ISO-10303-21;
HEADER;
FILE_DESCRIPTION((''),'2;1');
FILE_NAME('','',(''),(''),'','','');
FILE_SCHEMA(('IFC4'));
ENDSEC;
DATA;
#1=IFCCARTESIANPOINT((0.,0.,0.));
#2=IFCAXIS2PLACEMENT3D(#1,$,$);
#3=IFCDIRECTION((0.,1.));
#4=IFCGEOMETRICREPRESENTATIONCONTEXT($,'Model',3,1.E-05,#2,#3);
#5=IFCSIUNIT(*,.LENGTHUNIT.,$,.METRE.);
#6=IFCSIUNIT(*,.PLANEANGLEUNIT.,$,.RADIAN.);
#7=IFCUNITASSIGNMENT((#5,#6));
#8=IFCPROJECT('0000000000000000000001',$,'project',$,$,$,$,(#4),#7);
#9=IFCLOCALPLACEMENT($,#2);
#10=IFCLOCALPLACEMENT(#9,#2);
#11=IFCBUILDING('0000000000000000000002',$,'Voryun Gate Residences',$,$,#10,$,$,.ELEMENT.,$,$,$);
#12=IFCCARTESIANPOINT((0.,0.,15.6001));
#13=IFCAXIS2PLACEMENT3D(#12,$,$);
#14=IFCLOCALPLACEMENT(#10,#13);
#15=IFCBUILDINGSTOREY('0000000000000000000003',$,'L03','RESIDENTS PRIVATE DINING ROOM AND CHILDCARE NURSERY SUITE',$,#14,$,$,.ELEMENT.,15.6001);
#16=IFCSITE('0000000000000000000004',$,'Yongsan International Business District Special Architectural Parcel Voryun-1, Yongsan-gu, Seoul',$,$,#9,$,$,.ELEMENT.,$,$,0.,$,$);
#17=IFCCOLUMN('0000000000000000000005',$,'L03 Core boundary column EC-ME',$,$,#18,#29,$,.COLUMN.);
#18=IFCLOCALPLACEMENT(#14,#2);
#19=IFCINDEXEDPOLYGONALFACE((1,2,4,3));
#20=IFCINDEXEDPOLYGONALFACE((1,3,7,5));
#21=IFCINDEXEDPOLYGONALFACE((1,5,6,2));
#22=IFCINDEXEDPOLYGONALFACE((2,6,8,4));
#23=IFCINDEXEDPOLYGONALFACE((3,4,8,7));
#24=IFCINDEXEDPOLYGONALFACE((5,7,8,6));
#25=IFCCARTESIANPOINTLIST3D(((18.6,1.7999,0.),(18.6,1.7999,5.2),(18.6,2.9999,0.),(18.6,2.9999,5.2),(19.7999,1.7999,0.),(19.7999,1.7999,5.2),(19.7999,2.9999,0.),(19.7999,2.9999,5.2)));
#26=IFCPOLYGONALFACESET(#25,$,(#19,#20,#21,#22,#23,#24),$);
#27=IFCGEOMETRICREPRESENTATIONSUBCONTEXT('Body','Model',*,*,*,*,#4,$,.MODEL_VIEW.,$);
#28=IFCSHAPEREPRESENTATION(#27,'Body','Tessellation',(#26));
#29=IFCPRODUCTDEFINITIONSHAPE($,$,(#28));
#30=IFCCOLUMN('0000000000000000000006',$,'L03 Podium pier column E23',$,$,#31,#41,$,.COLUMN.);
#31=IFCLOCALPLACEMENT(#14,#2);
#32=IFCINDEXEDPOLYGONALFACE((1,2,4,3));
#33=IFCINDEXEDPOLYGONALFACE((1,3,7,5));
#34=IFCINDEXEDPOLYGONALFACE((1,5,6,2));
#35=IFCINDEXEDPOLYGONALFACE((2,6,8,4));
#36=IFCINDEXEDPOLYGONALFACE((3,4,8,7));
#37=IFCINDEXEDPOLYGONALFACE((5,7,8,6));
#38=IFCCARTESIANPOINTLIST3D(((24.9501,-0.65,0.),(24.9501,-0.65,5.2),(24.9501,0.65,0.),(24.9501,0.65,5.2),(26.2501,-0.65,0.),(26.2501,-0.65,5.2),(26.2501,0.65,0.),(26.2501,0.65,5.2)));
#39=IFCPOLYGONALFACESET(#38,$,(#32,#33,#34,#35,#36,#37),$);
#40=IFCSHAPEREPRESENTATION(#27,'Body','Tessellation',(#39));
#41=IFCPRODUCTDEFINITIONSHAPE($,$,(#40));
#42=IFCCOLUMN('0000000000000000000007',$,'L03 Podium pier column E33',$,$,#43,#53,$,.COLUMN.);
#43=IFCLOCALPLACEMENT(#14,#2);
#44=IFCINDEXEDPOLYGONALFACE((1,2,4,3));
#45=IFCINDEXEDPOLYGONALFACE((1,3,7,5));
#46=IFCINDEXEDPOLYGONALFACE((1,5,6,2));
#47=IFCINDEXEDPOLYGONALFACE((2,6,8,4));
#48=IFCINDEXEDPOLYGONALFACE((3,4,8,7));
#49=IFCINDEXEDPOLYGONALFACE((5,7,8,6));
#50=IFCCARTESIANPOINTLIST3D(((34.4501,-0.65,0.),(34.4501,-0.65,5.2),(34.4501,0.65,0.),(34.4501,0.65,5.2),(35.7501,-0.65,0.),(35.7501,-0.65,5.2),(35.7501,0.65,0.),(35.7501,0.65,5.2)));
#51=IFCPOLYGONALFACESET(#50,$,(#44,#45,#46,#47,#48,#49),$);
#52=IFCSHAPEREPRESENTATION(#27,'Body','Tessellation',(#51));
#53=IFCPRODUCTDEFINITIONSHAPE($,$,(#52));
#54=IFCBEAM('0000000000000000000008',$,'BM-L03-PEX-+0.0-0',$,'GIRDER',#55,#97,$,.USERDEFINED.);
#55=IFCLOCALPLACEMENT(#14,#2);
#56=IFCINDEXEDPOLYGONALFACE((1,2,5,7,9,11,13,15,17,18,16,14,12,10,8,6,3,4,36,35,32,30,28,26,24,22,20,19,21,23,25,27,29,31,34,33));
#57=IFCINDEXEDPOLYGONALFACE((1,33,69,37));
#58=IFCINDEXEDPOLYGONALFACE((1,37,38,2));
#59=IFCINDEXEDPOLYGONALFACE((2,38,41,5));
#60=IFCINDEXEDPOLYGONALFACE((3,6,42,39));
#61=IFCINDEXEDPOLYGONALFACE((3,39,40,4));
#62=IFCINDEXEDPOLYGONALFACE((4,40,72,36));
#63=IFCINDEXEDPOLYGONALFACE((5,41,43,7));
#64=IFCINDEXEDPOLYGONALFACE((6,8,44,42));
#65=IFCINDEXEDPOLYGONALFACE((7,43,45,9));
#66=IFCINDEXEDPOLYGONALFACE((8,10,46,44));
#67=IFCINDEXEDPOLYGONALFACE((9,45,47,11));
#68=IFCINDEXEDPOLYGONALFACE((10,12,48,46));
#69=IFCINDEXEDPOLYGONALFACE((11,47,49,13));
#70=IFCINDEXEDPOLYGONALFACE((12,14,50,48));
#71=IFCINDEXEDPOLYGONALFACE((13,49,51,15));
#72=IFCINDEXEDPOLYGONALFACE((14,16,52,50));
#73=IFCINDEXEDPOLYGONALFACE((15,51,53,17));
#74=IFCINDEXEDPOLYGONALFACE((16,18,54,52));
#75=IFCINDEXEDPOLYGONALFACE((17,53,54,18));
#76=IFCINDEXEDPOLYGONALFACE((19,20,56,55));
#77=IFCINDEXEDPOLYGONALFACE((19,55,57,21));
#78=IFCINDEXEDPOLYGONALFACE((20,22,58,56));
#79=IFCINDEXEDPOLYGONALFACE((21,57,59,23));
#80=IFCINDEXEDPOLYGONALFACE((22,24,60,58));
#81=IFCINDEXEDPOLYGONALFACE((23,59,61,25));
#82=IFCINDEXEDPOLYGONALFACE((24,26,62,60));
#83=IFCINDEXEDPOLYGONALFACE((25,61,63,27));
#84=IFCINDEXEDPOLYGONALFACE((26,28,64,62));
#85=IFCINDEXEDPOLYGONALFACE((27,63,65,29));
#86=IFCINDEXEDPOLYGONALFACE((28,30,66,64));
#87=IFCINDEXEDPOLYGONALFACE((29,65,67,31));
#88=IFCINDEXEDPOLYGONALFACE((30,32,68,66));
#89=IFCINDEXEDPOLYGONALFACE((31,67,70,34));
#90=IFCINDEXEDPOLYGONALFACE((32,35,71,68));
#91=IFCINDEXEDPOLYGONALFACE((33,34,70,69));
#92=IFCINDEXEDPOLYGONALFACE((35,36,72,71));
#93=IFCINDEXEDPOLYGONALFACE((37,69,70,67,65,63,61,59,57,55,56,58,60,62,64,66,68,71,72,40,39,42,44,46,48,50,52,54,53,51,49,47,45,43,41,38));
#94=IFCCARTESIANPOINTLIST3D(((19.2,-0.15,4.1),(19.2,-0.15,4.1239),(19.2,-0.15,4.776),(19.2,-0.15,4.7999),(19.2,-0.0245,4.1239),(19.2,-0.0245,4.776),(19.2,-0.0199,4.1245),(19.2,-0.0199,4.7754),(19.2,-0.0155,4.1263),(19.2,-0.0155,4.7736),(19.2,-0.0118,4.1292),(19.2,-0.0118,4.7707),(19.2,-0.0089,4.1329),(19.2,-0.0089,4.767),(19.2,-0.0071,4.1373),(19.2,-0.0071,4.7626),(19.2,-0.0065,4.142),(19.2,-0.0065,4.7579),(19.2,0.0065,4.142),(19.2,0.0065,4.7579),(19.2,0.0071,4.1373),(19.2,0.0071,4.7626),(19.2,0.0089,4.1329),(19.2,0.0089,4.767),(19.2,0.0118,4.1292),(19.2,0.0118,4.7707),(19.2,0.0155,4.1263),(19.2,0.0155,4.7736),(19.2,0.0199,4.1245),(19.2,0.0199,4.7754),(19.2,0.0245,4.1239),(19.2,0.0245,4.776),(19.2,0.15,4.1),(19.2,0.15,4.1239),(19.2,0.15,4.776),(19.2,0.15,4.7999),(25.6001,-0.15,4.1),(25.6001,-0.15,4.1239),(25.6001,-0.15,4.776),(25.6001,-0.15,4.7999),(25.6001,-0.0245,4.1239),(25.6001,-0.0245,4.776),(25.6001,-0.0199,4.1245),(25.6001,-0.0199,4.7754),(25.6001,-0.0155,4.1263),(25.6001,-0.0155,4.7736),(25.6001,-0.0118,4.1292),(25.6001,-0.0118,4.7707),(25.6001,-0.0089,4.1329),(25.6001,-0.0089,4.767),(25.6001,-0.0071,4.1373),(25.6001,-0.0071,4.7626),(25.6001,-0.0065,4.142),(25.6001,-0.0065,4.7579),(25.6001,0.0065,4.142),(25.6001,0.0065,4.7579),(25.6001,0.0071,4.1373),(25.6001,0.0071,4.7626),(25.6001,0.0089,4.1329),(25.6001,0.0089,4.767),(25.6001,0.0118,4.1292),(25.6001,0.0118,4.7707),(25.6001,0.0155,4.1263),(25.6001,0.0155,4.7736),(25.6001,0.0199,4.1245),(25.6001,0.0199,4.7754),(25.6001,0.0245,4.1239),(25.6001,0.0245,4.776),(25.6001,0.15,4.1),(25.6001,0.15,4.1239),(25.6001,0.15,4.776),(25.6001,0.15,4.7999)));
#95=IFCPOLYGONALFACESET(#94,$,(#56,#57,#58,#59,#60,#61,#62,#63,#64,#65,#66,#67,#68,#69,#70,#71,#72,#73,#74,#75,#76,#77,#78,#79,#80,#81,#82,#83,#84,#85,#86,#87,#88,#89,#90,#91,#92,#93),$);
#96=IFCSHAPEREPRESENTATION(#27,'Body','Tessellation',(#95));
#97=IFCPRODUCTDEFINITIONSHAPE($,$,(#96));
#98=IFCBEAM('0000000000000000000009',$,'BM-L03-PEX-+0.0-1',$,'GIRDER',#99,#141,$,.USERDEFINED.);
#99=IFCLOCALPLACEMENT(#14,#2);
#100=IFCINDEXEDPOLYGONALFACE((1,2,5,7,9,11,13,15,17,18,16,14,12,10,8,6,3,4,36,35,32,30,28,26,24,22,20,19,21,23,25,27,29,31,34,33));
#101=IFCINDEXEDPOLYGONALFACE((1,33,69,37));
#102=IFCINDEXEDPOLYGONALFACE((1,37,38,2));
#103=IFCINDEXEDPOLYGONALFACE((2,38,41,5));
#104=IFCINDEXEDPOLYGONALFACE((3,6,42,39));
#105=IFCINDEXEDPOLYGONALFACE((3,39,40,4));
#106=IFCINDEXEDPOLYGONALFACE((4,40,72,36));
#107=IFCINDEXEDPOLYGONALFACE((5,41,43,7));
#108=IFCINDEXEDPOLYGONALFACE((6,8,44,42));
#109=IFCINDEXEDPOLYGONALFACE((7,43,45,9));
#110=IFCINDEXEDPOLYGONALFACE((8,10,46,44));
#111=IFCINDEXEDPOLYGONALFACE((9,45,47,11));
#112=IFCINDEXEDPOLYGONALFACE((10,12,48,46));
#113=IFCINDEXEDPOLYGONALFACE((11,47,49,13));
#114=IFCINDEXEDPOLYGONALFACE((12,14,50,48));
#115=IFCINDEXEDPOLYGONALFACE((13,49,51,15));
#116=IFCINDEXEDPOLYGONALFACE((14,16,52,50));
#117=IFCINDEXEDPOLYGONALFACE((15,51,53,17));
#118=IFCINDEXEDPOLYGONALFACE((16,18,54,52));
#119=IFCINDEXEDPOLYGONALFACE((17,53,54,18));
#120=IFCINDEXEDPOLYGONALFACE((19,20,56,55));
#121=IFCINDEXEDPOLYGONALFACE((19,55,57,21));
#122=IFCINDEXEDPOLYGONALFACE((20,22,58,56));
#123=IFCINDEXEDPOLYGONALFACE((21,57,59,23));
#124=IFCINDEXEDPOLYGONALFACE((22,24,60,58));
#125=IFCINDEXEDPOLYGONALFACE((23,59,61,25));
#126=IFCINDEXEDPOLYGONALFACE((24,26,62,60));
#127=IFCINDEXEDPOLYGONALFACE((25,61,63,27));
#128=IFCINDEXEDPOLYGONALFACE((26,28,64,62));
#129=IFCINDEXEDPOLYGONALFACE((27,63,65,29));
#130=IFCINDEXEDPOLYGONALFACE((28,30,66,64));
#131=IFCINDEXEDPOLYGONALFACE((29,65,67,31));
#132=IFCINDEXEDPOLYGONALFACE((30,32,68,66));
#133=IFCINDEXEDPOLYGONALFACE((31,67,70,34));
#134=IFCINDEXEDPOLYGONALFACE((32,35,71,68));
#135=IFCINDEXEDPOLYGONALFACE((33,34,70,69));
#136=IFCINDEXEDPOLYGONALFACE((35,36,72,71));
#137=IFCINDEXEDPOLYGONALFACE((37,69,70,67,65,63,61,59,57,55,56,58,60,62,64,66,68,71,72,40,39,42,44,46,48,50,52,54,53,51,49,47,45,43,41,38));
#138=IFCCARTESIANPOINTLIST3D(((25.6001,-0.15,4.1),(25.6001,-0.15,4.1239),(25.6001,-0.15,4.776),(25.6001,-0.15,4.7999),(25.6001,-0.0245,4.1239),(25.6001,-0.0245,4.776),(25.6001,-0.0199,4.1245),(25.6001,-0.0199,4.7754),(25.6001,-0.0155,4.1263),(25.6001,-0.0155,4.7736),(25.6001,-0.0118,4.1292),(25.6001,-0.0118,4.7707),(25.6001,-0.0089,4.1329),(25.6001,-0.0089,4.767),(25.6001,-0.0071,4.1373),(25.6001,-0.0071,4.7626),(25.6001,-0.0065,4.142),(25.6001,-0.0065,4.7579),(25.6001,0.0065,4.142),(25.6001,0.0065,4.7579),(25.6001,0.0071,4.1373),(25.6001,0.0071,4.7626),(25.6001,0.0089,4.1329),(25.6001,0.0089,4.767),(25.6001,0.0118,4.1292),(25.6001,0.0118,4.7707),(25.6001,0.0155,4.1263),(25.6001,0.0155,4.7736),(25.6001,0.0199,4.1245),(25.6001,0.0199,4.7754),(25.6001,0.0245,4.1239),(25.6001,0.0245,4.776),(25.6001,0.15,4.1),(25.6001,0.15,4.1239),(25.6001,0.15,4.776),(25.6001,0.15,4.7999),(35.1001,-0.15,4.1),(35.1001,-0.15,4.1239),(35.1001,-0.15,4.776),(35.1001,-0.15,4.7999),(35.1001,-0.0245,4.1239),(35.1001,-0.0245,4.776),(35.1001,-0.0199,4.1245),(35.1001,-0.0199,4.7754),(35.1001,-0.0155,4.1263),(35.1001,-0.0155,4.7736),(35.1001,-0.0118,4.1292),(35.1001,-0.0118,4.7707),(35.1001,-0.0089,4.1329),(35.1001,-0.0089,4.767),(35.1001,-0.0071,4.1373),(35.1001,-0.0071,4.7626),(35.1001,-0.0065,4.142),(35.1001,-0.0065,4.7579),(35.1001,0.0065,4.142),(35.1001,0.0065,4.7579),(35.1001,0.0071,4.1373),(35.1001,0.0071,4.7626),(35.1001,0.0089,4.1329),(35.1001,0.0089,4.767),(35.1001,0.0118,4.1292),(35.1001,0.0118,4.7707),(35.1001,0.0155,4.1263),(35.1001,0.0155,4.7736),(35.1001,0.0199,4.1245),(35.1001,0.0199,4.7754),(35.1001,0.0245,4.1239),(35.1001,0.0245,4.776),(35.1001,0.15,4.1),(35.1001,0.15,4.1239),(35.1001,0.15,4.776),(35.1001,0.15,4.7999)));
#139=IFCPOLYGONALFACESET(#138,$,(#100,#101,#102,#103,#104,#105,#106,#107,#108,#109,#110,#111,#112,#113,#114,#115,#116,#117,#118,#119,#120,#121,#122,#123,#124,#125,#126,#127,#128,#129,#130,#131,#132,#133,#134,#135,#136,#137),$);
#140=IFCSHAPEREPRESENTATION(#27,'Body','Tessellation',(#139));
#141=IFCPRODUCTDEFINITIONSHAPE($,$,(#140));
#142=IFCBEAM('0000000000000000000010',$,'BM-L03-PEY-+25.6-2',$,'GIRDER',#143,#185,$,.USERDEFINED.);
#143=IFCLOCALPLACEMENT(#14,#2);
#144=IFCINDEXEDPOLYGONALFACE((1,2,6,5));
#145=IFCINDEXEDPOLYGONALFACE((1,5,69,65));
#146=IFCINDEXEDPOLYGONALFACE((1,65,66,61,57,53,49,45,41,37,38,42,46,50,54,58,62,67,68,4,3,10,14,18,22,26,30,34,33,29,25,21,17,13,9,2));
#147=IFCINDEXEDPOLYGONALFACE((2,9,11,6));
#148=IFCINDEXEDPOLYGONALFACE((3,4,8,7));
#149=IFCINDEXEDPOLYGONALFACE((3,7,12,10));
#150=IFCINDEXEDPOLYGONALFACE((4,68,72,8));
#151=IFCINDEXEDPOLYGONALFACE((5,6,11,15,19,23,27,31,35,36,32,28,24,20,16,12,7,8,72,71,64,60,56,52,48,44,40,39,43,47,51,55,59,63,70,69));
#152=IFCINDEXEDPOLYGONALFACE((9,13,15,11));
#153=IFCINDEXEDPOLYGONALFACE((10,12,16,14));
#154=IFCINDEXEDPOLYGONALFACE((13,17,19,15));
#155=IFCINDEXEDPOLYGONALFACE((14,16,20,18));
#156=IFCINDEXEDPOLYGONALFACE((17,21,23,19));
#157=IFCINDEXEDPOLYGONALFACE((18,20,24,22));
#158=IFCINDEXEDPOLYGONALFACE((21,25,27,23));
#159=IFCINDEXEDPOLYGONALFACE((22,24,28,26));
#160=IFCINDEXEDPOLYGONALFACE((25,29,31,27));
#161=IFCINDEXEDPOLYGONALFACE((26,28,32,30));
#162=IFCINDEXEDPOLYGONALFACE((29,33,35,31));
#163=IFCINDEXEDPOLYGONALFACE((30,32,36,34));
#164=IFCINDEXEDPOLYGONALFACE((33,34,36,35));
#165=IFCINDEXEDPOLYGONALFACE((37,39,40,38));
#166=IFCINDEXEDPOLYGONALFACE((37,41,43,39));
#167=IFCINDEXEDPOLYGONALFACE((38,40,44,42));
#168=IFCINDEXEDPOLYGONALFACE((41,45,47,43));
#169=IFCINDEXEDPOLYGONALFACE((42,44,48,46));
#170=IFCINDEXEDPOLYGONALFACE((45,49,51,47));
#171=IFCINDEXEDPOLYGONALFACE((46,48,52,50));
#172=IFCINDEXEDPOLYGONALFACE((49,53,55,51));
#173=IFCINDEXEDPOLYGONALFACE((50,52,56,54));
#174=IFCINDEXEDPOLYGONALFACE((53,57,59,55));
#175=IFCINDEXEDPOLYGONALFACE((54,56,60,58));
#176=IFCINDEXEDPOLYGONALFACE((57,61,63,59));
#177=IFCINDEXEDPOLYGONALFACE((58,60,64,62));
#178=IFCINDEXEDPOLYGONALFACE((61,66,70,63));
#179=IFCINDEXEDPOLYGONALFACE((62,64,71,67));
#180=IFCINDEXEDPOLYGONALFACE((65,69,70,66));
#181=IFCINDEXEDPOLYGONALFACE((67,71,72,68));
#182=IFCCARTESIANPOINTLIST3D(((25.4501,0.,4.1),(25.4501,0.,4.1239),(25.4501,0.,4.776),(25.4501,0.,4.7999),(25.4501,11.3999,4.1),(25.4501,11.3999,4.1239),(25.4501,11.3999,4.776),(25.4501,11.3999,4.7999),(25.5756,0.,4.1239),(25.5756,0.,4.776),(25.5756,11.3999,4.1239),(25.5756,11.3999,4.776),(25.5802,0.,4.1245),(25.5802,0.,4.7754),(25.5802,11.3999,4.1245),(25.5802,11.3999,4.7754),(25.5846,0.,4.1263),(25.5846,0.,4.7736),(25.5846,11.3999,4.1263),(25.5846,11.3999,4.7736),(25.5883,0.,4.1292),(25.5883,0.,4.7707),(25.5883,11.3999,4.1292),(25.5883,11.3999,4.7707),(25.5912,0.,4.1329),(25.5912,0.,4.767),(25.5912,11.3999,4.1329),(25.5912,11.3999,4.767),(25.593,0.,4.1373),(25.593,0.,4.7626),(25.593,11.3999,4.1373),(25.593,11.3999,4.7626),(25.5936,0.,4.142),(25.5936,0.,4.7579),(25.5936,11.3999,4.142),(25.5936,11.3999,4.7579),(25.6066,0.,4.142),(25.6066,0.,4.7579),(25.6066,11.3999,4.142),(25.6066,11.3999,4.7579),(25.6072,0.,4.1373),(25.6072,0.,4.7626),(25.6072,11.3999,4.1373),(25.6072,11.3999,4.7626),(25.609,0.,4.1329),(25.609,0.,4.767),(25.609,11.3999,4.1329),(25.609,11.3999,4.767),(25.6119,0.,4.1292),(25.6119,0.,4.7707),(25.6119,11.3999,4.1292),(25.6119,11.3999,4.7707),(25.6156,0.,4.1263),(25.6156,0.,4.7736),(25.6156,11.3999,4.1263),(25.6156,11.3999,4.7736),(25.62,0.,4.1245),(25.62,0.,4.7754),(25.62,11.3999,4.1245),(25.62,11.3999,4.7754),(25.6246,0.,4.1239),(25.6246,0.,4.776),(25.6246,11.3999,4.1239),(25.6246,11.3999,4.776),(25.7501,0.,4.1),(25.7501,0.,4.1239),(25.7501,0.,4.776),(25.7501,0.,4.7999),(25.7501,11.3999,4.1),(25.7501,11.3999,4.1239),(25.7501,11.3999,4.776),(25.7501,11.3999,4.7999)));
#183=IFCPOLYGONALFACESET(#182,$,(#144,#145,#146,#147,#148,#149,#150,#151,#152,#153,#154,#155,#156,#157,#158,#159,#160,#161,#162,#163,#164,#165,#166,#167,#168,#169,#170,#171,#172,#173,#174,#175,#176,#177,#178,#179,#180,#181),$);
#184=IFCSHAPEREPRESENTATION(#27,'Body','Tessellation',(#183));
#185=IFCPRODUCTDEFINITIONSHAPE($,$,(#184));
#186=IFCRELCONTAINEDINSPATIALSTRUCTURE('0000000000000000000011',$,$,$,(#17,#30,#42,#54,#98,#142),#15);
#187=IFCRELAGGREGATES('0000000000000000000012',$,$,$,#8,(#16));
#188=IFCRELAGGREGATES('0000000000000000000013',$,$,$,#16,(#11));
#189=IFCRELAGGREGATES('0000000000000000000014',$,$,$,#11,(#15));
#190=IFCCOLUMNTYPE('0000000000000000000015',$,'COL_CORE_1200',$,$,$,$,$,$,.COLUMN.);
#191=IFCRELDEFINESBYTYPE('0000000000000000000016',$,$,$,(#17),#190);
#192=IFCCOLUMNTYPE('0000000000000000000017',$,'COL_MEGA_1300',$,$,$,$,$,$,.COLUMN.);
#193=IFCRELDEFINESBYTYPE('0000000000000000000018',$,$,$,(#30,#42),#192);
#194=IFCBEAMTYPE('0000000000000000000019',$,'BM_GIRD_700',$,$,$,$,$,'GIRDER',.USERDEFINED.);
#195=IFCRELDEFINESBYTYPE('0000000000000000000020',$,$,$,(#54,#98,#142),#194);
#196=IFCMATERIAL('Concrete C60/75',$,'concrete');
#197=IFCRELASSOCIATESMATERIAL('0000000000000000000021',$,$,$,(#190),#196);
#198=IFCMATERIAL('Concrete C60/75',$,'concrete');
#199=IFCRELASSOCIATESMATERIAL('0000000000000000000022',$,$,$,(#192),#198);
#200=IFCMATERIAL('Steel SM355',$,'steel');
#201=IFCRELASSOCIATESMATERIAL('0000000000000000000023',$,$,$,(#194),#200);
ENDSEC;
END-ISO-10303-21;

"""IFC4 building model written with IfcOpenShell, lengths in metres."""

from ifc_helpers import new_model, si_unit, direction, frame, origin, origin_2d, place, context, subcontext, project, spatial, rectangle, i_section, extrude, material, material_profile, profile_set, type_object, element, save


model = new_model("IFC4")

# Units and contexts
model_context = context("Model", 3, precision=1e-05, world=origin(), true_north=direction((0.0, 1.0)))
body_context = subcontext(model_context, "Body", "Model", "MODEL_VIEW")
ifc_project = project(units=[si_unit("LENGTHUNIT", "METRE"), si_unit("PLANEANGLEUNIT", "RADIAN")], contexts=[model_context])

# Site, building, storey
site_placement = place(None, origin())
site = spatial("IfcSite", under=ifc_project, at=site_placement, Name="Yongsan International Business District Special Architectural Parcel Voryun-1, Yongsan-gu, Seoul", CompositionType="ELEMENT", RefElevation=0.0)
building_placement = place(site_placement, origin())
building = spatial("IfcBuilding", under=site, at=building_placement, Name="Voryun Gate Residences", CompositionType="ELEMENT")
storey_placement = place(building_placement, frame((0.0, 0.0, 15.6001)))
storey = spatial("IfcBuildingStorey", under=building, at=storey_placement, Name="L03", Description="RESIDENTS PRIVATE DINING ROOM AND CHILDCARE NURSERY SUITE", CompositionType="ELEMENT", Elevation=15.6001)

# Columns
ifc_material_1 = material(Name="Concrete C60/75", Category="concrete")
ifc_material_profile_1 = material_profile(ifc_material_1, rectangle(XDim=1.2, YDim=1.2, at=origin_2d()), Name="RC-1200x1200")
ifc_profile_set_1 = profile_set([ifc_material_profile_1], Name="Concrete C60/75")
column_type_1 = type_object("IfcColumnType", Name="COL_CORE_1200", PredefinedType="COLUMN", material=ifc_profile_set_1)
column_placement = place(storey_placement, frame((19.2, 2.3999, 0.0), z_axis=(0.0, 0.0, 1.0), x_axis=(1.0, 0.0, 0.0)))
element("IfcColumn", 1, at=column_placement, inside=storey, type_object=column_type_1, Name="L03 Core boundary column EC-ME", PredefinedType="COLUMN", context=body_context, shape_type="SweptSolid", body=[
    extrude(rectangle(XDim=1.2, YDim=1.2, at=origin_2d()), origin(), (0.0, 0.0, 1.0), 5.2),
])
ifc_material_2 = material(Name="Concrete C60/75", Category="concrete")
ifc_material_profile_2 = material_profile(ifc_material_2, rectangle(XDim=1.3, YDim=1.3, at=origin_2d()), Name="RC-1300x1300")
ifc_profile_set_2 = profile_set([ifc_material_profile_2], Name="Concrete C60/75")
column_type_2 = type_object("IfcColumnType", Name="COL_MEGA_1300", PredefinedType="COLUMN", material=ifc_profile_set_2)
for number, where, z_axis, x_axis, name in (
    (2, (25.6001, 0.0, 0.0), (0.0, 0.0, 1.0), (1.0, 0.0, 0.0), "L03 Podium pier column E23"),
    (3, (35.1001, 0.0, 0.0), (0.0, 0.0, 1.0), (1.0, 0.0, 0.0), "L03 Podium pier column E33"),
):
    element("IfcColumn", number, at=place(storey_placement, frame(where, z_axis=z_axis, x_axis=x_axis)), inside=storey, type_object=column_type_2, Name=name, PredefinedType="COLUMN", context=body_context, shape_type="SweptSolid", body=[
        extrude(rectangle(XDim=1.3, YDim=1.3, at=origin_2d()), origin(), (0.0, 0.0, 1.0), 5.2),
    ])

# Beams
ifc_material_3 = material(Name="Steel SM355", Category="steel")
ifc_material_profile_3 = material_profile(ifc_material_3, i_section(OverallWidth=0.3, OverallDepth=0.7, WebThickness=0.0129, FlangeThickness=0.0239, FilletRadius=0.0181, at=origin_2d()), Name="H-700x300x13x24")
ifc_profile_set_3 = profile_set([ifc_material_profile_3], Name="Steel SM355")
beam_type = type_object("IfcBeamType", Name="BM_GIRD_700", ElementType="GIRDER", PredefinedType="USERDEFINED", material=ifc_profile_set_3)
beam_1_placement = place(storey_placement, frame((19.2, 0.0, 4.45), z_axis=(1.0, 0.0, 0.0), x_axis=(0.0, 1.0, 0.0)))
element("IfcBeam", 4, at=beam_1_placement, inside=storey, type_object=beam_type, Name="BM-L03-PEX-+0.0-0", ObjectType="GIRDER", PredefinedType="USERDEFINED", context=body_context, shape_type="SweptSolid", body=[
    extrude(i_section(OverallWidth=0.3, OverallDepth=0.7, WebThickness=0.0129, FlangeThickness=0.0239, FilletRadius=0.0181, at=origin_2d()), origin(), (0.0, 0.0, 1.0), 6.4001),
])
beam_2_placement = place(storey_placement, frame((25.6001, 0.0, 4.45), z_axis=(1.0, 0.0, 0.0), x_axis=(0.0, 1.0, 0.0)))
element("IfcBeam", 5, at=beam_2_placement, inside=storey, type_object=beam_type, Name="BM-L03-PEX-+0.0-1", ObjectType="GIRDER", PredefinedType="USERDEFINED", context=body_context, shape_type="SweptSolid", body=[
    extrude(i_section(OverallWidth=0.3, OverallDepth=0.7, WebThickness=0.0129, FlangeThickness=0.0239, FilletRadius=0.0181, at=origin_2d()), origin(), (0.0, 0.0, 1.0), 9.5),
])
for number, where, z_axis, x_axis, name in (
    (6, (25.6001, 0.0, 4.45), (0.0, 1.0, 0.0), (-1.0, 0.0, 0.0), "BM-L03-PEY-+25.6-2"),
):
    element("IfcBeam", number, at=place(storey_placement, frame(where, z_axis=z_axis, x_axis=x_axis)), inside=storey, type_object=beam_type, Name=name, ObjectType="GIRDER", PredefinedType="USERDEFINED", context=body_context, shape_type="SweptSolid", body=[
        extrude(i_section(OverallWidth=0.3, OverallDepth=0.7, WebThickness=0.0129, FlangeThickness=0.0239, FilletRadius=0.0181, at=origin_2d()), origin(), (0.0, 0.0, 1.0), 11.3999),
    ])

save(model, "model.ifc")
